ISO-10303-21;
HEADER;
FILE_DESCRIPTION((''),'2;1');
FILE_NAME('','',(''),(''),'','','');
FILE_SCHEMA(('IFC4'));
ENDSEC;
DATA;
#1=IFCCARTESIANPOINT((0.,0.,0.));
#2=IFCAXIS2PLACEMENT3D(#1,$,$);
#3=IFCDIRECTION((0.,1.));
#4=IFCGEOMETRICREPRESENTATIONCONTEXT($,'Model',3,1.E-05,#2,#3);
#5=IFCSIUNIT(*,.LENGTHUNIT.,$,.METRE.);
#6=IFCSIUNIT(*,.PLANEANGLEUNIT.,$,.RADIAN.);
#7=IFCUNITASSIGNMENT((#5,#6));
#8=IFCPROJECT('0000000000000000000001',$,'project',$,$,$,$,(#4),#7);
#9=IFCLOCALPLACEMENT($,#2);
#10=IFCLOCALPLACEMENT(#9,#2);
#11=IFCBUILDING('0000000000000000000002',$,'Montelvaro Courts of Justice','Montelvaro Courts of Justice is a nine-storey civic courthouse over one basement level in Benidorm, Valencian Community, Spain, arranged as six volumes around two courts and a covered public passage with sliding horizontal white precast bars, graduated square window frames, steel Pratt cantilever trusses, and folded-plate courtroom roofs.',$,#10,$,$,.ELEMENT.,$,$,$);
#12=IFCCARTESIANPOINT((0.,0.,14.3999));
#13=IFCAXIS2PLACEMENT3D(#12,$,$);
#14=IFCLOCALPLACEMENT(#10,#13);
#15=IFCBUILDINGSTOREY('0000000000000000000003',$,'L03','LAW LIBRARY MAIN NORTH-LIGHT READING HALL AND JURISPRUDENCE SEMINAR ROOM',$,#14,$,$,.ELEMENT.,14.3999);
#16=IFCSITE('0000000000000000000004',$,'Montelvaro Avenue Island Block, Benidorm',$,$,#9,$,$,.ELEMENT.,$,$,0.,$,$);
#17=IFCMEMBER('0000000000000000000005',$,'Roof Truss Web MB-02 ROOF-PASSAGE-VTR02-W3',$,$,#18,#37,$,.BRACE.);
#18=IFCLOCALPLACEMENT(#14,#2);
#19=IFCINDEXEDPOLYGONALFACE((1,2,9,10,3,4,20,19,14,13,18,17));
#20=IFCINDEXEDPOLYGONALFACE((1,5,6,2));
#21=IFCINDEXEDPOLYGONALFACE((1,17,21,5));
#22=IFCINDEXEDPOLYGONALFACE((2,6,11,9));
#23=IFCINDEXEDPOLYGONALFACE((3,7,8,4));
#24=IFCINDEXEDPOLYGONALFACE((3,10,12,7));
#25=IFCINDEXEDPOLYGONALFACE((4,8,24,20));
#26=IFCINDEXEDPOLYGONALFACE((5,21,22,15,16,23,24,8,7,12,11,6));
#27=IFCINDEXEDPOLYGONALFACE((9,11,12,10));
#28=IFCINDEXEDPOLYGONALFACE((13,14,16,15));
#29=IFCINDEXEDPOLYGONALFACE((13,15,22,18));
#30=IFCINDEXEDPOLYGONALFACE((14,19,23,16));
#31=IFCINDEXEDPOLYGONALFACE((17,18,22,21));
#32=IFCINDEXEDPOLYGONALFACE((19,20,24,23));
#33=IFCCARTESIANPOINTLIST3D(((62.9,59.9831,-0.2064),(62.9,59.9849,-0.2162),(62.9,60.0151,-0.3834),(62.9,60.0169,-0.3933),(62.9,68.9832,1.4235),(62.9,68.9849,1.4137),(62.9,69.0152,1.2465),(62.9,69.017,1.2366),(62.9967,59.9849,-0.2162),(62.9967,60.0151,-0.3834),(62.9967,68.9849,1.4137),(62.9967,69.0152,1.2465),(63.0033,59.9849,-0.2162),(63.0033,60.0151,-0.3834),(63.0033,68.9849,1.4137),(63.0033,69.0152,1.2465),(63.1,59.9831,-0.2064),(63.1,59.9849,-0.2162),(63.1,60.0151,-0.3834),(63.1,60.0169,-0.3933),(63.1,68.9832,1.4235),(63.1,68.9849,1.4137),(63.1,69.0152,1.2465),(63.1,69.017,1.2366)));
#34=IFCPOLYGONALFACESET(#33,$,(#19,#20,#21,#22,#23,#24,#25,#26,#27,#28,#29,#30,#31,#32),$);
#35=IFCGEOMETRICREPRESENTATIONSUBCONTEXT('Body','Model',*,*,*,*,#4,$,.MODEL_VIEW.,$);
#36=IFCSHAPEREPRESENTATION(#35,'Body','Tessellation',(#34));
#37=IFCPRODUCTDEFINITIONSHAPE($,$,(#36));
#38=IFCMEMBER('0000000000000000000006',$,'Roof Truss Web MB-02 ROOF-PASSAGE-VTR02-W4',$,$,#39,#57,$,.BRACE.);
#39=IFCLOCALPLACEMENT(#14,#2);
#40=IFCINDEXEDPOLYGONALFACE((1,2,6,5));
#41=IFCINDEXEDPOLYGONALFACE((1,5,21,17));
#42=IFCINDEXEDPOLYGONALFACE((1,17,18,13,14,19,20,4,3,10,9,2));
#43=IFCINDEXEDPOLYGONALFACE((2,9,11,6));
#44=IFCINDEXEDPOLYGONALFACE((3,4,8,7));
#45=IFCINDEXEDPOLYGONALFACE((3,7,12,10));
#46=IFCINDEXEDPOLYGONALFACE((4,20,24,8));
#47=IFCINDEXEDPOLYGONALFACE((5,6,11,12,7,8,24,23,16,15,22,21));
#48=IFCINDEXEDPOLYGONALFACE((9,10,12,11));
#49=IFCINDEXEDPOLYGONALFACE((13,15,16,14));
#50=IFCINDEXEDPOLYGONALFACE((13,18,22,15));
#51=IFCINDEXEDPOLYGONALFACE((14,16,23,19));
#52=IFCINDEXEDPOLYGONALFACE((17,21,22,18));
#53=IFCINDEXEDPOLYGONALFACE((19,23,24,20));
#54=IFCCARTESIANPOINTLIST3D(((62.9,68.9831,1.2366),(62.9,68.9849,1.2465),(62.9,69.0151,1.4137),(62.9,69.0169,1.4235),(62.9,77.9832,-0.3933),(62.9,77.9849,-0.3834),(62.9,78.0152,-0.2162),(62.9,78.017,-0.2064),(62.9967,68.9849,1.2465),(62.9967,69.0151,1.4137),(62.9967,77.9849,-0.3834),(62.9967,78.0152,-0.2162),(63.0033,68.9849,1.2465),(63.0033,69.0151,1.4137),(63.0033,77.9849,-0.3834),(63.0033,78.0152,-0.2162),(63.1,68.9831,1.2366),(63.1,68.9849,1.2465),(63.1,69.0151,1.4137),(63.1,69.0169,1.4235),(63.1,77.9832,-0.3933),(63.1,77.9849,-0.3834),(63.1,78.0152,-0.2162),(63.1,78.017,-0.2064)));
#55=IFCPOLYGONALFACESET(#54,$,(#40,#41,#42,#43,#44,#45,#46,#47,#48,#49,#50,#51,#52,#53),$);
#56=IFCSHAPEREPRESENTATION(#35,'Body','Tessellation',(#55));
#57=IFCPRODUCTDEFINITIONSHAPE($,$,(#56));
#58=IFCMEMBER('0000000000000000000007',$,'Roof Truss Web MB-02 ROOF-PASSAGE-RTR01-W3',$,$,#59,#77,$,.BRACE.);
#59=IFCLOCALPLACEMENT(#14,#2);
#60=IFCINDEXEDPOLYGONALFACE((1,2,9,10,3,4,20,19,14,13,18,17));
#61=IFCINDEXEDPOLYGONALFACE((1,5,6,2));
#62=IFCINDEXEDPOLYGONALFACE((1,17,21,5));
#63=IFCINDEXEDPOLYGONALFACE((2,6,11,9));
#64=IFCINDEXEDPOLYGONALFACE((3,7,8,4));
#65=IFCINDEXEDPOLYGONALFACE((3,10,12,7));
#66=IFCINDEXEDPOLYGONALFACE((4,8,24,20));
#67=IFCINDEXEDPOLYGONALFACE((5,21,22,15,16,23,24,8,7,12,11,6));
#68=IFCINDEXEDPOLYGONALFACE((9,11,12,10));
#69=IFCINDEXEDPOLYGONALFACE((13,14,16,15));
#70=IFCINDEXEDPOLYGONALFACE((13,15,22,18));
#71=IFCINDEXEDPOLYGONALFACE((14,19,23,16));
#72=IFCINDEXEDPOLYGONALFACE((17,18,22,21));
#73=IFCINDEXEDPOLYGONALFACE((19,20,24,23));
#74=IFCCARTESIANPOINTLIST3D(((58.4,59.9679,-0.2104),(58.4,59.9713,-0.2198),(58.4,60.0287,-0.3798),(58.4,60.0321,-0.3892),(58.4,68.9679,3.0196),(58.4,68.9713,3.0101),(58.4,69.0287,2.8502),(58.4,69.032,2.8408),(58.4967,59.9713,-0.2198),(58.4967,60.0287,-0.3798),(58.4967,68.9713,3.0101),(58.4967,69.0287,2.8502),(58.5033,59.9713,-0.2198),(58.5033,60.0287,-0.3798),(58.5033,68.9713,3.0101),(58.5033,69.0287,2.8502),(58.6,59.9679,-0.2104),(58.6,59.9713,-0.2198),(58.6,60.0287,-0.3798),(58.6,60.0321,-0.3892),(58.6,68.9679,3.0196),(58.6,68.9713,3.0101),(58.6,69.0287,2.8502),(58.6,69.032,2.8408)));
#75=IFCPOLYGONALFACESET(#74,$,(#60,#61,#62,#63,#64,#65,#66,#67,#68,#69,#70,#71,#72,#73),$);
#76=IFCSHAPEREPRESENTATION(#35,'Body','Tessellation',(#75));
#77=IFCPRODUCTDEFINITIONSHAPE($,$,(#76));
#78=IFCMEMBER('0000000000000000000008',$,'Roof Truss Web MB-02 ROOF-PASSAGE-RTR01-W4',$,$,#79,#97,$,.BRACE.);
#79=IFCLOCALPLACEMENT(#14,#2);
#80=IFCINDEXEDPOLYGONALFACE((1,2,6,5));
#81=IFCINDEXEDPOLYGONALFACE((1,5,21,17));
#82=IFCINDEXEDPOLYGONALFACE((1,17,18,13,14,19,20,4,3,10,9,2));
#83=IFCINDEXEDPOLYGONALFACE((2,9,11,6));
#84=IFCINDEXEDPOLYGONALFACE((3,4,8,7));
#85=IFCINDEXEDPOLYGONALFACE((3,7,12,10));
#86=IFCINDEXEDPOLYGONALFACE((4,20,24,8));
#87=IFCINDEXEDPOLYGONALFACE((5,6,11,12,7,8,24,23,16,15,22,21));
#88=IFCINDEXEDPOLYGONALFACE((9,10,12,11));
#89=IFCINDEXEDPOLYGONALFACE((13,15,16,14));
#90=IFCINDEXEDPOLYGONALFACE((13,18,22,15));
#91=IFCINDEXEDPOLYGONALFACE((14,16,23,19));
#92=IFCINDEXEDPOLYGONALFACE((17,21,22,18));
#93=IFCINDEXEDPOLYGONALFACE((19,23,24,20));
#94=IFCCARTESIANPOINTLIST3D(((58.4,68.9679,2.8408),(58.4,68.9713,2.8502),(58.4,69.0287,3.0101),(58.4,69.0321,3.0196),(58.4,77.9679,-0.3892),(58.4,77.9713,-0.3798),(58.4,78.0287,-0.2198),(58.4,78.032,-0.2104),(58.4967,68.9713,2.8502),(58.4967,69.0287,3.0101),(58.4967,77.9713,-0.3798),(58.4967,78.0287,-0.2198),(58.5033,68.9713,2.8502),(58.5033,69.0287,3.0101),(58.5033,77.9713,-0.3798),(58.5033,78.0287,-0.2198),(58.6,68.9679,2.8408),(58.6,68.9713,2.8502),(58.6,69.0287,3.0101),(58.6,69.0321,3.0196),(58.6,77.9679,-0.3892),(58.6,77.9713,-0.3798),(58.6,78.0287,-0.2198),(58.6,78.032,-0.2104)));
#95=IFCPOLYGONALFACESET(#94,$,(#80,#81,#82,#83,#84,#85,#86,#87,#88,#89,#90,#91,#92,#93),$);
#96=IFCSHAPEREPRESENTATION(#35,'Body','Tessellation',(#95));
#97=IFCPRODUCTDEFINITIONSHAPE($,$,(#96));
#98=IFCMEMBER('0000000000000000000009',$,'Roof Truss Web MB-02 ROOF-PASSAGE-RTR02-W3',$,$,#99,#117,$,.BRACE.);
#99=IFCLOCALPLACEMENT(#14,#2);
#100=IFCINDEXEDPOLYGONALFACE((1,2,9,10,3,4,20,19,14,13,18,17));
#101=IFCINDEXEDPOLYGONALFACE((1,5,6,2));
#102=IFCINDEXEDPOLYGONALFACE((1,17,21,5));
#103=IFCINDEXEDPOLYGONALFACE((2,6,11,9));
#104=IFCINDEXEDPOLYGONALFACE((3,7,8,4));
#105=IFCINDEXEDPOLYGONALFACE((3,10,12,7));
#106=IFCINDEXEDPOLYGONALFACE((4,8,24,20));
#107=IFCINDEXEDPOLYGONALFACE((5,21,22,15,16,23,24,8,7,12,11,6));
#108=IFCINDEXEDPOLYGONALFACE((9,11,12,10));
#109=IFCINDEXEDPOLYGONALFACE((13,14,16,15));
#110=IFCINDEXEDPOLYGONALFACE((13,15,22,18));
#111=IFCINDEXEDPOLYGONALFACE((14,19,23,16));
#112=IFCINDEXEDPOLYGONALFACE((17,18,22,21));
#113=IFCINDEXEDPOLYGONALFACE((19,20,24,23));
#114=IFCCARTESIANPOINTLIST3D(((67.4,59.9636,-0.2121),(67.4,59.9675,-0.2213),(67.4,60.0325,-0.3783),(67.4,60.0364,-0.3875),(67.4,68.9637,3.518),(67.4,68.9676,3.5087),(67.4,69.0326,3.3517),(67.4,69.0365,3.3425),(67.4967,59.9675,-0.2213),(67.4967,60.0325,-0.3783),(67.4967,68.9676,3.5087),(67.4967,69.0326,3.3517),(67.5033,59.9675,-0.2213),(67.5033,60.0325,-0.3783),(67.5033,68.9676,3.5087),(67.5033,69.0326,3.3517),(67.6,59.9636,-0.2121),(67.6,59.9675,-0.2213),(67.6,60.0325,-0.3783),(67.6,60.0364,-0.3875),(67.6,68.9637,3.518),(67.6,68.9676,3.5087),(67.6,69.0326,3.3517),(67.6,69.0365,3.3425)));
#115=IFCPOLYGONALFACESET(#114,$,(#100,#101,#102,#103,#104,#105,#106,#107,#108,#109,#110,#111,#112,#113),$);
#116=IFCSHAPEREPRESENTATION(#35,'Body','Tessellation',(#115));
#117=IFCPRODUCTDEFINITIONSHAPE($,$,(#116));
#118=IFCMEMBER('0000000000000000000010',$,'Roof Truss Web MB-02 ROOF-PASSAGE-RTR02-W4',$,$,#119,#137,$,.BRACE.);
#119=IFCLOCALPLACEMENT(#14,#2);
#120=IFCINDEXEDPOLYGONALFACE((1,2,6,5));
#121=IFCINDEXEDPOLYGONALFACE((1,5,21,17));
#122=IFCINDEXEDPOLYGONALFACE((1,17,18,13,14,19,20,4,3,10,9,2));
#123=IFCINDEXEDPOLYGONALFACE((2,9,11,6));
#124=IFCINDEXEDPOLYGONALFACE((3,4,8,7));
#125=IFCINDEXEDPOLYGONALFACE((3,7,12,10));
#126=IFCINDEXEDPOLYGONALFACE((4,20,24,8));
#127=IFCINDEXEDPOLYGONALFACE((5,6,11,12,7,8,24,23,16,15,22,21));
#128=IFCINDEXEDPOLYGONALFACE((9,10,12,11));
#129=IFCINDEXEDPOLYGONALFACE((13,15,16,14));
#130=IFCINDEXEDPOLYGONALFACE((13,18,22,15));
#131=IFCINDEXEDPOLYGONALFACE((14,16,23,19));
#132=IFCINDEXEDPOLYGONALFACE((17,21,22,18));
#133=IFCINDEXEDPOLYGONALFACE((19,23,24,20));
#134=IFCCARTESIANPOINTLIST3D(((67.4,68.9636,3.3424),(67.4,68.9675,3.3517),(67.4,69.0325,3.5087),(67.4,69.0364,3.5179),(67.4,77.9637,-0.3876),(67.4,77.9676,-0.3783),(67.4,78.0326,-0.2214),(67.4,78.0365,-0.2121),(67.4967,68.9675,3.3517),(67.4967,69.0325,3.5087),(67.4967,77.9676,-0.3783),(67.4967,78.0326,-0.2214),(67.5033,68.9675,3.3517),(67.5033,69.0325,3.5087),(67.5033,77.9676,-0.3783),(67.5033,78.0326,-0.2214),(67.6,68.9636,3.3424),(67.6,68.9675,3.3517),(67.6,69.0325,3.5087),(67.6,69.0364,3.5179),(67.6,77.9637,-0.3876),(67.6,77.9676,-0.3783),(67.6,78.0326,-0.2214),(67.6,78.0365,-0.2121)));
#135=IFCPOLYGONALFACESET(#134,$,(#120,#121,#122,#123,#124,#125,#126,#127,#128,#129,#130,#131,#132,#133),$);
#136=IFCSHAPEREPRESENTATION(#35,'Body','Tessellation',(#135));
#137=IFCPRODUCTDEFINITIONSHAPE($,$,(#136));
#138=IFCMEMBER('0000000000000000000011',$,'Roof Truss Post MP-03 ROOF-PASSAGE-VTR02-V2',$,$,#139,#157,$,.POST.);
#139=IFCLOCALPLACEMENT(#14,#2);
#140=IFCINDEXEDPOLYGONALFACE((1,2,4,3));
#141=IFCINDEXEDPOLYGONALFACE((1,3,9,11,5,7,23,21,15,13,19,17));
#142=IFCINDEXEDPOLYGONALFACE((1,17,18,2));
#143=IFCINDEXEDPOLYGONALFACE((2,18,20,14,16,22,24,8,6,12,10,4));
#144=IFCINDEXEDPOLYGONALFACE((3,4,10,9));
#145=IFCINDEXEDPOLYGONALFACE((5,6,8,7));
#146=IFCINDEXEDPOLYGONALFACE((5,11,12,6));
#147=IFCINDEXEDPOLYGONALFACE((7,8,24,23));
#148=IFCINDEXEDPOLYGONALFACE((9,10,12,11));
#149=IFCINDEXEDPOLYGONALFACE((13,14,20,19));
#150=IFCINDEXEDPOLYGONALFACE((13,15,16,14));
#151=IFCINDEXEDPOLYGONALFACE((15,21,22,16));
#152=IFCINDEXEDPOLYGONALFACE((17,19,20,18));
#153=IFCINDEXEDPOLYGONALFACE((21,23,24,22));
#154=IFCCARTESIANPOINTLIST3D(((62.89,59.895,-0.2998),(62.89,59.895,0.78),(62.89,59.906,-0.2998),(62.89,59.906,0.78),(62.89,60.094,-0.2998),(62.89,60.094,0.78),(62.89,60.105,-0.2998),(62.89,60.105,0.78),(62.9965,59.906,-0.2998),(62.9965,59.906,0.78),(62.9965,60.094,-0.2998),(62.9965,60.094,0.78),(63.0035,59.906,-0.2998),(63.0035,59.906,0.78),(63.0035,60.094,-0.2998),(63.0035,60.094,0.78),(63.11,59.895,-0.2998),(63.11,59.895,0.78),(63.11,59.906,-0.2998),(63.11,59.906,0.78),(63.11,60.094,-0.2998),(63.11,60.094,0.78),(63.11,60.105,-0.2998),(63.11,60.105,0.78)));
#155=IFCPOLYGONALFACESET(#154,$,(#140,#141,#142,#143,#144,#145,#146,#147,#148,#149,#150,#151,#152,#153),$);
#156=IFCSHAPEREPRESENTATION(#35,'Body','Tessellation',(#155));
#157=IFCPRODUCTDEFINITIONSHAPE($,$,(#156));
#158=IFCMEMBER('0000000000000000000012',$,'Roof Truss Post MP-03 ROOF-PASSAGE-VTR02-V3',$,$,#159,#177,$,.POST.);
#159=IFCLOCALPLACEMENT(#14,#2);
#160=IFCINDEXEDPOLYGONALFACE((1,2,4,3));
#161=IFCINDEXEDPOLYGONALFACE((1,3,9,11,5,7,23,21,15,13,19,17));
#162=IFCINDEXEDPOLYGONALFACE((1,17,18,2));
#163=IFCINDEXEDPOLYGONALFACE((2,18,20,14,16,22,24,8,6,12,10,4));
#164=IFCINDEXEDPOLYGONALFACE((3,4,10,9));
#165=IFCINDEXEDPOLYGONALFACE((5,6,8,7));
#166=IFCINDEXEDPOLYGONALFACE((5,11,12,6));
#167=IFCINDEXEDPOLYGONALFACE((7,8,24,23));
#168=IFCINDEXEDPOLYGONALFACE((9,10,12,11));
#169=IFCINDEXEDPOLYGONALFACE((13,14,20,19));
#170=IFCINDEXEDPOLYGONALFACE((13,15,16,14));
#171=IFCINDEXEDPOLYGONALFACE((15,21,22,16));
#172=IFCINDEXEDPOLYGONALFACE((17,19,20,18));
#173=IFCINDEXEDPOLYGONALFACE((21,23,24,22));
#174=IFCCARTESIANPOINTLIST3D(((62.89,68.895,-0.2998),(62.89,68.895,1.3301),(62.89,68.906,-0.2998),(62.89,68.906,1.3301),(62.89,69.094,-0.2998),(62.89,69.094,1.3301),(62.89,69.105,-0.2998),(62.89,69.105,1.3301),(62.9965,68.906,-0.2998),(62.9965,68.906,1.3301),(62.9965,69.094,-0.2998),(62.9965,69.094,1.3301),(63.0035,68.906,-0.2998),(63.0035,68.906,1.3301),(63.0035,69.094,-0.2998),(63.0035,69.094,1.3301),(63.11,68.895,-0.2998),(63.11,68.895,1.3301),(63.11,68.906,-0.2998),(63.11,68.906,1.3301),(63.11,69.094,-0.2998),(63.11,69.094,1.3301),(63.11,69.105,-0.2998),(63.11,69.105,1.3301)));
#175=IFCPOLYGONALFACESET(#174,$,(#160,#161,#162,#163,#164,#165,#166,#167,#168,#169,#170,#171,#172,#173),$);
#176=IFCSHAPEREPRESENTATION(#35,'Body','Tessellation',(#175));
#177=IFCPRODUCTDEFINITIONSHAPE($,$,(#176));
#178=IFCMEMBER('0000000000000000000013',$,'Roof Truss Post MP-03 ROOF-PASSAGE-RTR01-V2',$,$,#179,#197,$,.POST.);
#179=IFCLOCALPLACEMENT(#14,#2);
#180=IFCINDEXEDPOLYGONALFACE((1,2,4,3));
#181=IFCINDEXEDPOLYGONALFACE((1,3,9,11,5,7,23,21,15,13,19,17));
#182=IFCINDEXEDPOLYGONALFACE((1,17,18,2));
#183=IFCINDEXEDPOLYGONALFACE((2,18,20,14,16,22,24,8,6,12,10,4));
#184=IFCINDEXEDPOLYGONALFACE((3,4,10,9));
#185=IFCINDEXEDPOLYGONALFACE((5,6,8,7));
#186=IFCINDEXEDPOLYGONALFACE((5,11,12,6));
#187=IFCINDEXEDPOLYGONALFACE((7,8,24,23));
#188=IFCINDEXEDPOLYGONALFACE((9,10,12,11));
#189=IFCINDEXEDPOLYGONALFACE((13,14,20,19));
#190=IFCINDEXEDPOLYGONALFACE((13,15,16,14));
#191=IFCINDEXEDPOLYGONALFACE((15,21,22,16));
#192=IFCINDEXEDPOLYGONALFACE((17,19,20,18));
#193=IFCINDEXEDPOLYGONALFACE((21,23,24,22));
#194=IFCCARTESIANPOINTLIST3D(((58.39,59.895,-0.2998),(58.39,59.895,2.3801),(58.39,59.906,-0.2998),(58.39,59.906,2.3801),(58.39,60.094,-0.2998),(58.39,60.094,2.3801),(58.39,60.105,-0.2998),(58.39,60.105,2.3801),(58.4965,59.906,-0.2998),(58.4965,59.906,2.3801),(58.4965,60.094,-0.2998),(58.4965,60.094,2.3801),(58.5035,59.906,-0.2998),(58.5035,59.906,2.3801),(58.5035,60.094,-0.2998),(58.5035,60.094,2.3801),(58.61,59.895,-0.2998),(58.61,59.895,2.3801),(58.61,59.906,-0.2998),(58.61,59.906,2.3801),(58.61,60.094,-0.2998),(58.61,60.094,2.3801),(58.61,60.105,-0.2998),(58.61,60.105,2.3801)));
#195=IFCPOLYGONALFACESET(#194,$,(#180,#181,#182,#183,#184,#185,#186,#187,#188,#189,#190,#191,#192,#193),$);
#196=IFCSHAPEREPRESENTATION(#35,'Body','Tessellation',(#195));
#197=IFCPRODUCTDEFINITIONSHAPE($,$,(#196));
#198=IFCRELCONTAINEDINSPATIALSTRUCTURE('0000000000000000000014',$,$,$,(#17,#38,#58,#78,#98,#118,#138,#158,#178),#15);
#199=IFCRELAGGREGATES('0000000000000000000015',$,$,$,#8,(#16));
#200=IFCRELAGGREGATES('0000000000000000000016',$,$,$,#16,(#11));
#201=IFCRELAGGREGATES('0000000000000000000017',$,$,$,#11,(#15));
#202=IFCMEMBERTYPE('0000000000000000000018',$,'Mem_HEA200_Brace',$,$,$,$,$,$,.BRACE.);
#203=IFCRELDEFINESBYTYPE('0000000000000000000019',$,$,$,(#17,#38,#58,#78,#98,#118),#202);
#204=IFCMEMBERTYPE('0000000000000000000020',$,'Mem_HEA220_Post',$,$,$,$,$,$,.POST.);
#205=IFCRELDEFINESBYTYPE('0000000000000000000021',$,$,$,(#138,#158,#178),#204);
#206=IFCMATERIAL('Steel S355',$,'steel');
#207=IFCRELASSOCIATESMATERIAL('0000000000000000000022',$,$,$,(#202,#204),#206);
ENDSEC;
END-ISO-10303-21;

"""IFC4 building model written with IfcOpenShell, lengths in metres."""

from ifc_helpers import new_model, si_unit, direction, frame, origin, origin_2d, place, context, subcontext, project, spatial, i_section, extrude, material, material_profile, profile_set, type_object, element, save


model = new_model("IFC4")

# Units and contexts
model_context = context("Model", 3, precision=1e-05, world=origin(), true_north=direction((0.0, 1.0)))
body_context = subcontext(model_context, "Body", "Model", "MODEL_VIEW")
ifc_project = project(units=[si_unit("LENGTHUNIT", "METRE"), si_unit("PLANEANGLEUNIT", "RADIAN")], contexts=[model_context])

# Site, building, storey
site_placement = place(None, origin())
site = spatial("IfcSite", under=ifc_project, at=site_placement, Name="Montelvaro Avenue Island Block, Benidorm", CompositionType="ELEMENT", RefElevation=0.0)
building_placement = place(site_placement, origin())
building = spatial("IfcBuilding", under=site, at=building_placement, Name="Montelvaro Courts of Justice", Description="Montelvaro Courts of Justice is a nine-storey civic courthouse over one basement level in Benidorm, Valencian Community, Spain, arranged as six volumes around two courts and a covered public passage with sliding horizontal white precast bars, graduated square window frames, steel Pratt cantilever trusses, and folded-plate courtroom roofs.", CompositionType="ELEMENT")
storey_placement = place(building_placement, frame((0.0, 0.0, 14.3999)))
storey = spatial("IfcBuildingStorey", under=building, at=storey_placement, Name="L03", Description="LAW LIBRARY MAIN NORTH-LIGHT READING HALL AND JURISPRUDENCE SEMINAR ROOM", CompositionType="ELEMENT", Elevation=14.3999)

# Members
ifc_material = material(Name="Steel S355", Category="steel")
ifc_material_profile_1 = material_profile(ifc_material, i_section(OverallWidth=0.2, OverallDepth=0.1899, WebThickness=0.0066, FlangeThickness=0.01, at=origin_2d()), Name="HEA 200")
ifc_profile_set_1 = profile_set([ifc_material_profile_1], Name="Steel S355")
member_type_1 = type_object("IfcMemberType", Name="Mem_HEA200_Brace", PredefinedType="BRACE", material=ifc_profile_set_1)
for number, where, z_axis, x_axis, name in (
    (1, (63.0, 60.0, -0.2998), (0.0, 0.983994, 0.1782), (-1.0, 0.0, 0.0), "Roof Truss Web MB-02 ROOF-PASSAGE-VTR02-W3"),
    (2, (63.0, 69.0, 1.3301), (0.0, 0.983994, -0.1782), (-1.0, 0.0, 0.0), "Roof Truss Web MB-02 ROOF-PASSAGE-VTR02-W4"),
):
    element("IfcMember", number, at=place(storey_placement, frame(where, z_axis=z_axis, x_axis=x_axis)), inside=storey, type_object=member_type_1, Name=name, PredefinedType="BRACE", context=body_context, shape_type="SweptSolid", body=[
        extrude(i_section(OverallWidth=0.2, OverallDepth=0.1899, WebThickness=0.0066, FlangeThickness=0.01, at=origin_2d()), origin(), (0.0, 0.0, 1.0), 9.1465),
    ])
for number, where, z_axis, x_axis, name in (
    (3, (58.5, 60.0, -0.2998), (0.0, 0.941221, 0.337792), (-1.0, 0.0, 0.0), "Roof Truss Web MB-02 ROOF-PASSAGE-RTR01-W3"),
    (4, (58.5, 69.0, 2.9302), (0.0, 0.941221, -0.337792), (-1.0, 0.0, 0.0), "Roof Truss Web MB-02 ROOF-PASSAGE-RTR01-W4"),
):
    element("IfcMember", number, at=place(storey_placement, frame(where, z_axis=z_axis, x_axis=x_axis)), inside=storey, type_object=member_type_1, Name=name, PredefinedType="BRACE", context=body_context, shape_type="SweptSolid", body=[
        extrude(i_section(OverallWidth=0.2, OverallDepth=0.1899, WebThickness=0.0066, FlangeThickness=0.01, at=origin_2d()), origin(), (0.0, 0.0, 1.0), 9.562),
    ])
for number, where, z_axis, x_axis, name in (
    (5, (67.5, 60.0, -0.2998), (0.0, 0.923805, 0.382864), (-1.0, 0.0, 0.0), "Roof Truss Web MB-02 ROOF-PASSAGE-RTR02-W3"),
    (6, (67.5, 69.0, 3.4302), (0.0, 0.923805, -0.382864), (-1.0, 0.0, 0.0), "Roof Truss Web MB-02 ROOF-PASSAGE-RTR02-W4"),
):
    element("IfcMember", number, at=place(storey_placement, frame(where, z_axis=z_axis, x_axis=x_axis)), inside=storey, type_object=member_type_1, Name=name, PredefinedType="BRACE", context=body_context, shape_type="SweptSolid", body=[
        extrude(i_section(OverallWidth=0.2, OverallDepth=0.1899, WebThickness=0.0066, FlangeThickness=0.01, at=origin_2d()), origin(), (0.0, 0.0, 1.0), 9.7424),
    ])
ifc_material_profile_2 = material_profile(ifc_material, i_section(OverallWidth=0.22, OverallDepth=0.21, WebThickness=0.0071, FlangeThickness=0.011, at=origin_2d()), Name="HEA 220")
ifc_profile_set_2 = profile_set([ifc_material_profile_2], Name="Steel S355")
member_type_2 = type_object("IfcMemberType", Name="Mem_HEA220_Post", PredefinedType="POST", material=ifc_profile_set_2)
member_1_placement = place(storey_placement, frame((63.0, 60.0, -0.2998), z_axis=(0.0, 0.0, 1.0), x_axis=(1.0, 0.0, 0.0)))
element("IfcMember", 7, at=member_1_placement, inside=storey, type_object=member_type_2, Name="Roof Truss Post MP-03 ROOF-PASSAGE-VTR02-V2", PredefinedType="POST", context=body_context, shape_type="SweptSolid", body=[
    extrude(i_section(OverallWidth=0.22, OverallDepth=0.21, WebThickness=0.0071, FlangeThickness=0.011, at=origin_2d()), origin(), (0.0, 0.0, 1.0), 1.0798),
])
member_2_placement = place(storey_placement, frame((63.0, 69.0, -0.2998), z_axis=(0.0, 0.0, 1.0), x_axis=(1.0, 0.0, 0.0)))
element("IfcMember", 8, at=member_2_placement, inside=storey, type_object=member_type_2, Name="Roof Truss Post MP-03 ROOF-PASSAGE-VTR02-V3", PredefinedType="POST", context=body_context, shape_type="SweptSolid", body=[
    extrude(i_section(OverallWidth=0.22, OverallDepth=0.21, WebThickness=0.0071, FlangeThickness=0.011, at=origin_2d()), origin(), (0.0, 0.0, 1.0), 1.6299),
])
member_3_placement = place(storey_placement, frame((58.5, 60.0, -0.2998), z_axis=(0.0, 0.0, 1.0), x_axis=(1.0, 0.0, 0.0)))
element("IfcMember", 9, at=member_3_placement, inside=storey, type_object=member_type_2, Name="Roof Truss Post MP-03 ROOF-PASSAGE-RTR01-V2", PredefinedType="POST", context=body_context, shape_type="SweptSolid", body=[
    extrude(i_section(OverallWidth=0.22, OverallDepth=0.21, WebThickness=0.0071, FlangeThickness=0.011, at=origin_2d()), origin(), (0.0, 0.0, 1.0), 2.6799),
])

save(model, "model.ifc")
